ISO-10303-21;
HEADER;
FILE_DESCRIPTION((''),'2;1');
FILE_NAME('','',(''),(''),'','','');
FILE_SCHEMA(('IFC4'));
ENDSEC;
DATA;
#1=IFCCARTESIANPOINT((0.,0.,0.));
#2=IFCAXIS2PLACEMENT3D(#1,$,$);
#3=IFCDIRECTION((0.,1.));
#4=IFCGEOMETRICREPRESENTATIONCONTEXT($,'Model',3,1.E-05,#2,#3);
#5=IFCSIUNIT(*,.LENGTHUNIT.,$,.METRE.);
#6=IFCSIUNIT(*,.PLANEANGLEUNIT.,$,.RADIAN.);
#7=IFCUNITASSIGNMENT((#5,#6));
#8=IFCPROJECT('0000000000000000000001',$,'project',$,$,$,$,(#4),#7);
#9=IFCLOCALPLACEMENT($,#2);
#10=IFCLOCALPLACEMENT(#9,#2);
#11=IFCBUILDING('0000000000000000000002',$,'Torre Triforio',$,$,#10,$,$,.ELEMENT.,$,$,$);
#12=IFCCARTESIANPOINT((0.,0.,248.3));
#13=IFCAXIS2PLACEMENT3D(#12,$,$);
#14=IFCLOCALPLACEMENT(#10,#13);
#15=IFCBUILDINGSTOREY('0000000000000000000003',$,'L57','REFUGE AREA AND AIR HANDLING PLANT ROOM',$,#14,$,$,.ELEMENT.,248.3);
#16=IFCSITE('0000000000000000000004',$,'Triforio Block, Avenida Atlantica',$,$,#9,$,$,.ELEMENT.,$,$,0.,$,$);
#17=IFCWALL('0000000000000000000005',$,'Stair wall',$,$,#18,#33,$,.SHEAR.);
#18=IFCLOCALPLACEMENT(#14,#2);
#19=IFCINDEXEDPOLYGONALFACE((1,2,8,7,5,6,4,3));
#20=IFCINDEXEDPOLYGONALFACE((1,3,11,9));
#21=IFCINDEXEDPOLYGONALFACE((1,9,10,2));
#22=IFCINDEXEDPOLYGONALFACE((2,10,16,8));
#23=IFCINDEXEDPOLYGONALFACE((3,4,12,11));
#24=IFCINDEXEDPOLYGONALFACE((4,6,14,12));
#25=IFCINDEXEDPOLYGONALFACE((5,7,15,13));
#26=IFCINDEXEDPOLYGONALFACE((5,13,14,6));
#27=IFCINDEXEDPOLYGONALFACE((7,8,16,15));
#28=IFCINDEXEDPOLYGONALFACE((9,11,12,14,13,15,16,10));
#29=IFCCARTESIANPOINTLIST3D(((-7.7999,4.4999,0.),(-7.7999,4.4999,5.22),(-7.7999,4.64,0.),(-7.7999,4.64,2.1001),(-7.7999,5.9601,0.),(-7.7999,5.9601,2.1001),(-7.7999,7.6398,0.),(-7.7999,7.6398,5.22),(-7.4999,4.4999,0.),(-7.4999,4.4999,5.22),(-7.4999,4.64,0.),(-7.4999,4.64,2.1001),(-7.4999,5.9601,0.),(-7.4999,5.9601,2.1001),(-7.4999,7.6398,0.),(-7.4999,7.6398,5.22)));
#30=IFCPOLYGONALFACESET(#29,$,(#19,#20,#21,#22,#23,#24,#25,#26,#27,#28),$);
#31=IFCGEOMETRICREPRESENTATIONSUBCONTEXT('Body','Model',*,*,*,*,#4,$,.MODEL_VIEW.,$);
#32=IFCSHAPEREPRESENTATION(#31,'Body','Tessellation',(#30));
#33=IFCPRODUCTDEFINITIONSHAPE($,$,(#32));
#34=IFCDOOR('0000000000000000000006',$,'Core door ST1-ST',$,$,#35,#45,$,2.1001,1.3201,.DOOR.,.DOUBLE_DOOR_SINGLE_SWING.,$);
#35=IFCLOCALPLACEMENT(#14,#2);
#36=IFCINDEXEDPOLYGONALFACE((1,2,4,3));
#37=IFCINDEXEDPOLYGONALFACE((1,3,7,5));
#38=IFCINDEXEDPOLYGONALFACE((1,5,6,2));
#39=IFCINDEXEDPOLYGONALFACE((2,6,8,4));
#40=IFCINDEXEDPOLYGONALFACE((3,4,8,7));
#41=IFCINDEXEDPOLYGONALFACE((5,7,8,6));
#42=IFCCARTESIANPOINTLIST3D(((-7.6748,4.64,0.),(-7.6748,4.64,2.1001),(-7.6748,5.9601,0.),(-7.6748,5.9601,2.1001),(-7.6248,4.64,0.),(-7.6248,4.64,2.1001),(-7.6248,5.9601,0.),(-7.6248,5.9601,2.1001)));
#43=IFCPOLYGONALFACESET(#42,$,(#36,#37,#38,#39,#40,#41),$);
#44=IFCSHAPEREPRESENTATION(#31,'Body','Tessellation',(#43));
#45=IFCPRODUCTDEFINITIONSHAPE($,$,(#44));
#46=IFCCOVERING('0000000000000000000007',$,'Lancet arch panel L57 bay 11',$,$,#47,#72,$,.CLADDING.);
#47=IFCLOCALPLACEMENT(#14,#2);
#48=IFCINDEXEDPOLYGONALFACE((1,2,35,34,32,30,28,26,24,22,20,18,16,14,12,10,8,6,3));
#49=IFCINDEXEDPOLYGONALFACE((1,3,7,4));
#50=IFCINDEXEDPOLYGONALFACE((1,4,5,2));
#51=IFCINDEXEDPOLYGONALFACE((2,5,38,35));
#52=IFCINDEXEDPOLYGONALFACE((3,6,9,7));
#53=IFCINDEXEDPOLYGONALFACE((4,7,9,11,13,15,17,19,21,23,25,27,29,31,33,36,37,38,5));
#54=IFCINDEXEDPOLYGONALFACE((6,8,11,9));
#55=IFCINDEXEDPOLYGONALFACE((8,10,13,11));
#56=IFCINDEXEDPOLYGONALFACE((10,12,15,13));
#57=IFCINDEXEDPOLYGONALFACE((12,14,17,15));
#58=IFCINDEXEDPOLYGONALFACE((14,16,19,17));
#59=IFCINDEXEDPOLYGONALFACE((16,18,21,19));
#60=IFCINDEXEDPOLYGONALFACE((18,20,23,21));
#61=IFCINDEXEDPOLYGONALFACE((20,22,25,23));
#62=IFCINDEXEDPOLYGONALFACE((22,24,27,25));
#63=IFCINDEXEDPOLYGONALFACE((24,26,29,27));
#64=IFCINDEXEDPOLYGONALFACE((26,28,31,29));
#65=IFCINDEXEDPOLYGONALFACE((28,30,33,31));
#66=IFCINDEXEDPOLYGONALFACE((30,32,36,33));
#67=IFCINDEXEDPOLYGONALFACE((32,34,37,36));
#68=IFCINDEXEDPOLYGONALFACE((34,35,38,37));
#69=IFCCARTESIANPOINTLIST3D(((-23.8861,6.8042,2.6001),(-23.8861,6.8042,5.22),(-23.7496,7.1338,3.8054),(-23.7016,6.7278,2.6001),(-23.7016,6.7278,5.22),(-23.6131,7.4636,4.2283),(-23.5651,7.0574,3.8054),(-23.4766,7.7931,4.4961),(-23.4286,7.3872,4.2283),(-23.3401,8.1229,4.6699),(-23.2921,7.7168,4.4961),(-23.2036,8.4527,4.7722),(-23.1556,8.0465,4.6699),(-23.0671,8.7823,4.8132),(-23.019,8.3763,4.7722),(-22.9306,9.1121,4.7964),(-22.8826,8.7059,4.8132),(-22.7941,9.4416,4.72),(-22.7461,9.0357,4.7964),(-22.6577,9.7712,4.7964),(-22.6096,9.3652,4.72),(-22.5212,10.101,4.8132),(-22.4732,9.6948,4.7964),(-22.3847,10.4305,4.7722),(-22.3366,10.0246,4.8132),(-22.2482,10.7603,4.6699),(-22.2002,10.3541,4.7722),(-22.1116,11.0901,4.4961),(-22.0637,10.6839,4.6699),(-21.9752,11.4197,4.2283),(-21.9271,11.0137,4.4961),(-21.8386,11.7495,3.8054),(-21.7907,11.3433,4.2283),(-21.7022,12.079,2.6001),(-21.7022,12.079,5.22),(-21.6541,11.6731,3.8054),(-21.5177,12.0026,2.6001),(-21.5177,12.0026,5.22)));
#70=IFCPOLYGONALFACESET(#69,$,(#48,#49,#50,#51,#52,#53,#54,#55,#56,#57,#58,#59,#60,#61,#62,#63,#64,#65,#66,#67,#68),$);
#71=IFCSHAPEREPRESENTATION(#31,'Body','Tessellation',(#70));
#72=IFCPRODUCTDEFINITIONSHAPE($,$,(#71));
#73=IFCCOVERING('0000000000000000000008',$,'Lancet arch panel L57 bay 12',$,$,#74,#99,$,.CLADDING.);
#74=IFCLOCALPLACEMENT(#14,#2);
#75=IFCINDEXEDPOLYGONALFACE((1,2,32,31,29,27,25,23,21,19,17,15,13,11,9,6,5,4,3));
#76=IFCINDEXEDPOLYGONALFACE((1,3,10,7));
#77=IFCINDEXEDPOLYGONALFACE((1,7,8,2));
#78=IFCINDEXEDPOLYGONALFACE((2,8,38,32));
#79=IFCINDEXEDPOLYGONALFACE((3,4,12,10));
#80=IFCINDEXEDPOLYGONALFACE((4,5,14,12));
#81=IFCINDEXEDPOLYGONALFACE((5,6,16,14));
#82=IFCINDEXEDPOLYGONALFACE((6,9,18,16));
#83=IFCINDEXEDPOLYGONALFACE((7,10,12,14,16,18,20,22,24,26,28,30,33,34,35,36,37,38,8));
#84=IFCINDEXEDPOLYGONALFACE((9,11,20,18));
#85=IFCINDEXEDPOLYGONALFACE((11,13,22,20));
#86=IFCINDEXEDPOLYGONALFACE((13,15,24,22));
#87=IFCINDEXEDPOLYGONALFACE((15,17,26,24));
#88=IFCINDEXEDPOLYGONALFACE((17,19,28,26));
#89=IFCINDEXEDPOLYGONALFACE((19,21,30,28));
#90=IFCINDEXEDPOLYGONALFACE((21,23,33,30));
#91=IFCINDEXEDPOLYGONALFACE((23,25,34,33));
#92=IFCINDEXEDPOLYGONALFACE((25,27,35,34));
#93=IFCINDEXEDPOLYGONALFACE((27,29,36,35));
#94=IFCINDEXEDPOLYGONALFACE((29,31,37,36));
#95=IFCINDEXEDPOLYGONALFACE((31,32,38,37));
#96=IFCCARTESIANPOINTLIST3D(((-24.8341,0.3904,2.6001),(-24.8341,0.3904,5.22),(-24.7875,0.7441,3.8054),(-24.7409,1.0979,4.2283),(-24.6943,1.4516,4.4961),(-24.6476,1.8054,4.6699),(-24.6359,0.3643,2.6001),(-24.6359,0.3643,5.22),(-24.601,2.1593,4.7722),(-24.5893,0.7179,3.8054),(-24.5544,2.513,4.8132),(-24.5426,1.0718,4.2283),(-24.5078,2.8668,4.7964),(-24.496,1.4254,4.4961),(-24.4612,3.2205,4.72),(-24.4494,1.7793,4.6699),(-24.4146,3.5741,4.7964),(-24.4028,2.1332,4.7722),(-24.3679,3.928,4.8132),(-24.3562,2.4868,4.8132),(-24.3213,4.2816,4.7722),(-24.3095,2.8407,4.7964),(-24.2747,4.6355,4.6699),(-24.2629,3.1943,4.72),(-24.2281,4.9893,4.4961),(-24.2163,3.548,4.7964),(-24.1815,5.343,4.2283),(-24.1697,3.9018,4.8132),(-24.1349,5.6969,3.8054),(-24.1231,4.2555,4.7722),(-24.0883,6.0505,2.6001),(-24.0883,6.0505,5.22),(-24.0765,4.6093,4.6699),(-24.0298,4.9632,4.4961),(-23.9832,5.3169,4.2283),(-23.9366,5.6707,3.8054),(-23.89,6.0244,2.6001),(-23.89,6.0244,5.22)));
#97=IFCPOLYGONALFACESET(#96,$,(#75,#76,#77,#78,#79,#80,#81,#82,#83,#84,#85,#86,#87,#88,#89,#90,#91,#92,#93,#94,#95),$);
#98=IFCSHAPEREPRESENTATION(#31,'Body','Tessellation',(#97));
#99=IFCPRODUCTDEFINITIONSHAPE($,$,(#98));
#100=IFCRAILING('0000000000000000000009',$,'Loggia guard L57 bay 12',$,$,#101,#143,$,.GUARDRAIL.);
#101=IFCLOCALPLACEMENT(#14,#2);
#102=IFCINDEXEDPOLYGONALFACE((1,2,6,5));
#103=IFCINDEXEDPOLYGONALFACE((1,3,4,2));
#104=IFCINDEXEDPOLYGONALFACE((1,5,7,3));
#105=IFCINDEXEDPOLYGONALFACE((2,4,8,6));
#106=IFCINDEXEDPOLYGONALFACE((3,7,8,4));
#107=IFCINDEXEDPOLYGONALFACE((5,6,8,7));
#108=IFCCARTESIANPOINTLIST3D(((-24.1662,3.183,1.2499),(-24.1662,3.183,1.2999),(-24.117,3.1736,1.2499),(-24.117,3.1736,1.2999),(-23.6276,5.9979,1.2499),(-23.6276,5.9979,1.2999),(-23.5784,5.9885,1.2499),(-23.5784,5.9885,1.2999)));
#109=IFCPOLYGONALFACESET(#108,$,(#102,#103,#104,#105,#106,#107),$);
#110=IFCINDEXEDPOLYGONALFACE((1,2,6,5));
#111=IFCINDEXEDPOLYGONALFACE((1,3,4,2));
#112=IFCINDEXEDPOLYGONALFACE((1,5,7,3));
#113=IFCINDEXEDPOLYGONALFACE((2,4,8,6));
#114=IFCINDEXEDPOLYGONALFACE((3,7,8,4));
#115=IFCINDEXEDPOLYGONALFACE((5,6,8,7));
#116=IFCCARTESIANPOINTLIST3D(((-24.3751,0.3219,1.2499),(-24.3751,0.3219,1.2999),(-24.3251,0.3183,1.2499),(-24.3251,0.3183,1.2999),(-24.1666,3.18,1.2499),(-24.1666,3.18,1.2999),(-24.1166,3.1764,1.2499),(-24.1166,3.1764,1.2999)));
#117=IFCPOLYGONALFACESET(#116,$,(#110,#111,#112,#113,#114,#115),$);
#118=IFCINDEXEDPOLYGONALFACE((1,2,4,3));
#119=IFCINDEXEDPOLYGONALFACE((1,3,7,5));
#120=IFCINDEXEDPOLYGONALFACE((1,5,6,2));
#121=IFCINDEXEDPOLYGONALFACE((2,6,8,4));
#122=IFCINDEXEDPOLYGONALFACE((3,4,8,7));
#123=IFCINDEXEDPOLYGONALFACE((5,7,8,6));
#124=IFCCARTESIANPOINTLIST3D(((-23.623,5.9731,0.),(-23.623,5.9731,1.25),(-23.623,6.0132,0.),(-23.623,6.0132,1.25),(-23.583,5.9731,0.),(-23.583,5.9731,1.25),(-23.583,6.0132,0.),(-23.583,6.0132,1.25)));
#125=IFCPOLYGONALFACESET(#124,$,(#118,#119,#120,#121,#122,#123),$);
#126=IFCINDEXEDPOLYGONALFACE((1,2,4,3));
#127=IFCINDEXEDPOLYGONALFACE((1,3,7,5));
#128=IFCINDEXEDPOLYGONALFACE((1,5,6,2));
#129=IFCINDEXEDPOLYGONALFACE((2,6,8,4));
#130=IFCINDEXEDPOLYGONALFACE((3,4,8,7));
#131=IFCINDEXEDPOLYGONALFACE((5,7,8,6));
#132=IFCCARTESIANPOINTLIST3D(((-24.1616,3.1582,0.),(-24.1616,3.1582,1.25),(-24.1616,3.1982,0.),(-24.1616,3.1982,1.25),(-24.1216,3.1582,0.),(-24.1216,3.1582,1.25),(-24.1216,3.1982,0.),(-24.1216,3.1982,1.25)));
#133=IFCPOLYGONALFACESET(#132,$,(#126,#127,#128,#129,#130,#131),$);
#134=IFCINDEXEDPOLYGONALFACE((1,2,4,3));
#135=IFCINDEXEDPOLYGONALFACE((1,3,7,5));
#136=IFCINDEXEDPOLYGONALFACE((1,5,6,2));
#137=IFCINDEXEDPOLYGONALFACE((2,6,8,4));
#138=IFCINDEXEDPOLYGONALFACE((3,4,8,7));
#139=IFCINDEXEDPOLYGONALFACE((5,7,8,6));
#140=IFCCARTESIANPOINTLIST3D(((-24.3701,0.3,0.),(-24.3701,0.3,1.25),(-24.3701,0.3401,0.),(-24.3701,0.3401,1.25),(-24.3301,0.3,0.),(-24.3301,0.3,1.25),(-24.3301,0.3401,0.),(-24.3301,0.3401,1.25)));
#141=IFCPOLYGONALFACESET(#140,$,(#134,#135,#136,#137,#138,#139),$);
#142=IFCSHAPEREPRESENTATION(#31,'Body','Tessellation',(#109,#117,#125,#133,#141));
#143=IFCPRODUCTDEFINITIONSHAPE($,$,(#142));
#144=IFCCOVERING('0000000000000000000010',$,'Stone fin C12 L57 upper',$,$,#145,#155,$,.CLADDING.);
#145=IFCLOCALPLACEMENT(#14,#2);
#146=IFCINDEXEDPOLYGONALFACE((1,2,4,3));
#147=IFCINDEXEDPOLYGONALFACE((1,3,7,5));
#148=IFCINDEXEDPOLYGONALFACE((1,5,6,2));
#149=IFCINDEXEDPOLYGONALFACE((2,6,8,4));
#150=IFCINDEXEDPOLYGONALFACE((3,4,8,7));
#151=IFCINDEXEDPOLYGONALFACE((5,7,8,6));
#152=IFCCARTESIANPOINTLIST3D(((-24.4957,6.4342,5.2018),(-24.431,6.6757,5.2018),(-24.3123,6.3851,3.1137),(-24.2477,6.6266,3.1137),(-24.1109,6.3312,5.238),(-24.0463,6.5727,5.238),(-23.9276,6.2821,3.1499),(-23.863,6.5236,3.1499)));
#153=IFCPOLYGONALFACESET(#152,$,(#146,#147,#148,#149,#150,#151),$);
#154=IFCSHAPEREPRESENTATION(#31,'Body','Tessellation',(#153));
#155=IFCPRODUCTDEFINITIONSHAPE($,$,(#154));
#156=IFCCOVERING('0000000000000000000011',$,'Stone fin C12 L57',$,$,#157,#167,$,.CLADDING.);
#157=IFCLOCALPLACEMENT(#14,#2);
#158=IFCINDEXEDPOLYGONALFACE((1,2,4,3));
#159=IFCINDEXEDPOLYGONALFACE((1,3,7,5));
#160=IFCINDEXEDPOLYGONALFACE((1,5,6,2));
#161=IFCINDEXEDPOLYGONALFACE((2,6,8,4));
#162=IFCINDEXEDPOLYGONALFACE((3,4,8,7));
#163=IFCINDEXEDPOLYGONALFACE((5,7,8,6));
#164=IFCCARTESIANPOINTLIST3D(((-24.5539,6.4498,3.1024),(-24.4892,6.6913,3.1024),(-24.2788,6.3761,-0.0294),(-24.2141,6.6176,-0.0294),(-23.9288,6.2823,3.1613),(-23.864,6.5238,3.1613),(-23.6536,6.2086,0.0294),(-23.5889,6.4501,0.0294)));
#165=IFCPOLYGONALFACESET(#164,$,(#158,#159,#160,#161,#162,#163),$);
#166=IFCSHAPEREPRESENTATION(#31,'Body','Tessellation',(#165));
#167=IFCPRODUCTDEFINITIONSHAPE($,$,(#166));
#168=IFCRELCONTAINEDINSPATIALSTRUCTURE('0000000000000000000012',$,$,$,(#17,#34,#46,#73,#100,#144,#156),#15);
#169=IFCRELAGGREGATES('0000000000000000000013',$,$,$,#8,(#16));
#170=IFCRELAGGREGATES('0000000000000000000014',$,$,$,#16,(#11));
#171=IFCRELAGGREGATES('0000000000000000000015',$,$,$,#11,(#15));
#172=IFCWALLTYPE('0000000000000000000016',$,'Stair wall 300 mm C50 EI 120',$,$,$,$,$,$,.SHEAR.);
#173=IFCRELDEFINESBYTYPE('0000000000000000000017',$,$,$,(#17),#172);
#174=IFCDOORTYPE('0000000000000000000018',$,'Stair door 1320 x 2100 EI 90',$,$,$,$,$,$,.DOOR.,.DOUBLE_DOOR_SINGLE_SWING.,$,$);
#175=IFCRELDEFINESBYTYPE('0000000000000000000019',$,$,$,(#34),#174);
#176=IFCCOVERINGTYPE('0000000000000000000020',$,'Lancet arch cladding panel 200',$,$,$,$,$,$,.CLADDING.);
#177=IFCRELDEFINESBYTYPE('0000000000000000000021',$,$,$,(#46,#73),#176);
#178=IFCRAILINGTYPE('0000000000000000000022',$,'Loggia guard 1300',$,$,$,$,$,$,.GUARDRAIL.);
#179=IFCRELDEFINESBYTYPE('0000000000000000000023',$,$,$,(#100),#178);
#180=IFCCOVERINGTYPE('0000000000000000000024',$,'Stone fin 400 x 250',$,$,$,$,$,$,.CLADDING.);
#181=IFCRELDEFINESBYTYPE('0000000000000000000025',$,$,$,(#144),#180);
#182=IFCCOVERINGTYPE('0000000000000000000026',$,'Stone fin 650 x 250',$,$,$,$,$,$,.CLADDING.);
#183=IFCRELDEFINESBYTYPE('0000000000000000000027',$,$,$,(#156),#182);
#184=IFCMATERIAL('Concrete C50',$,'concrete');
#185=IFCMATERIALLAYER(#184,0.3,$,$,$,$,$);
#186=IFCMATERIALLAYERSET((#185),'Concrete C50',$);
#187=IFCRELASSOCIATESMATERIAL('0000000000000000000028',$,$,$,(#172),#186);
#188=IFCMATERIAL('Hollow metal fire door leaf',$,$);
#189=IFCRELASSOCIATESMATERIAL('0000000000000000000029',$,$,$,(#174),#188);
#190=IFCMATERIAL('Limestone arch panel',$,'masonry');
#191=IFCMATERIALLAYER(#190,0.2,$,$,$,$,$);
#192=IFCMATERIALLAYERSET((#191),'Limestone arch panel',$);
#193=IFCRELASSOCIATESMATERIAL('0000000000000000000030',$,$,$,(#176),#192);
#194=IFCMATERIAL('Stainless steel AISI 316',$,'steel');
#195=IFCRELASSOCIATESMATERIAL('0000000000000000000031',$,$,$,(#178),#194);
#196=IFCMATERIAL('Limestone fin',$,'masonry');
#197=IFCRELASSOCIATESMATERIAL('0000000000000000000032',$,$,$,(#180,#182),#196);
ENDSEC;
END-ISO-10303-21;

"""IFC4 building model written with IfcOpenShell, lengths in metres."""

from ifc_helpers import new_model, si_unit, direction, frame, frame_2d, origin, origin_2d, place, context, subcontext, project, spatial, polyline, rectangle, outline, extrude, material, layer, layer_set, material_profile, profile_set, type_object, element, fill, save


model = new_model("IFC4")

# Units and contexts
model_context = context("Model", 3, precision=1e-05, world=origin(), true_north=direction((0.0, 1.0)))
body_context = subcontext(model_context, "Body", "Model", "MODEL_VIEW")
ifc_project = project(units=[si_unit("LENGTHUNIT", "METRE"), si_unit("PLANEANGLEUNIT", "RADIAN")], contexts=[model_context])

# Site, building, storey
site_placement = place(None, origin())
site = spatial("IfcSite", under=ifc_project, at=site_placement, Name="Triforio Block, Avenida Atlantica", CompositionType="ELEMENT", RefElevation=0.0)
building_placement = place(site_placement, origin())
building = spatial("IfcBuilding", under=site, at=building_placement, Name="Torre Triforio", CompositionType="ELEMENT")
storey_placement = place(building_placement, frame((0.0, 0.0, 248.3)))
storey = spatial("IfcBuildingStorey", under=building, at=storey_placement, Name="L57", Description="REFUGE AREA AND AIR HANDLING PLANT ROOM", CompositionType="ELEMENT", Elevation=248.3)

# Shared definitions
ifc_material_1 = material(Name="Concrete C50", Category="concrete")

# Shared definitions
ifc_material_2 = material(Name="Hollow metal fire door leaf")

# Wall, opening, door
ifc_layer_1 = layer(ifc_material_1, 0.3)
ifc_layer_set_1 = layer_set([ifc_layer_1], Name="Concrete C50")
wall_type_1 = type_object("IfcWallType", Name="Stair wall 300 mm C50 EI 120", PredefinedType="SHEAR", material=ifc_layer_set_1)
wall_1_placement = place(storey_placement, frame((-7.6499, 4.5, 0.0), z_axis=(0.0, 0.0, 1.0), x_axis=(0.0, 1.0, 0.0)))
wall_1 = element("IfcWall", 1, at=wall_1_placement, inside=storey, type_object=wall_type_1, Name="Stair wall", PredefinedType="SHEAR", context=body_context, shape_type="SweptSolid", body=[
    extrude(rectangle(XDim=3.1399, YDim=0.3, at=frame_2d((1.5698, 0.0))), origin(), (0.0, 0.0, 1.0), 5.22),
])
opening_1_placement = place(wall_1_placement, frame((0.1399, 0.0, 0.0)))
opening_1 = element("IfcOpeningElement", 2, at=opening_1_placement, cuts=wall_1, PredefinedType="OPENING", context=body_context, shape_type="SweptSolid", body=[
    extrude(rectangle(XDim=1.3201, YDim=2.1001, at=frame_2d((0.6602, 1.05))), frame((0.0, 0.1599, 0.0), z_axis=(0.0, -1.0, 0.0), x_axis=(1.0, 0.0, 0.0)), (0.0, 0.0, 1.0), 0.3201),
])
door_type_1 = type_object("IfcDoorType", Name="Stair door 1320 x 2100 EI 90", OperationType="DOUBLE_DOOR_SINGLE_SWING", PredefinedType="DOOR", material=ifc_material_2)
door_1_placement = place(opening_1_placement, origin())
door_1 = element("IfcDoor", 3, at=door_1_placement, inside=storey, type_object=door_type_1, Name="Core door ST1-ST", OperationType="DOUBLE_DOOR_SINGLE_SWING", OverallHeight=2.1001, OverallWidth=1.3201, PredefinedType="DOOR", context=body_context, shape_type="SweptSolid", body=[
    extrude(rectangle(XDim=1.3201, YDim=2.1001, at=frame_2d((0.6602, 1.05))), frame((0.0, 0.0249, 0.0), z_axis=(0.0, -1.0, 0.0), x_axis=(1.0, 0.0, 0.0)), (0.0, 0.0, 1.0), 0.05),
])
fill(opening_1, door_1)

# Coverings
ifc_material_3 = material(Name="Limestone arch panel", Category="masonry")
ifc_layer_2 = layer(ifc_material_3, 0.2)
ifc_layer_set_2 = layer_set([ifc_layer_2], Name="Limestone arch panel")
covering_type_1 = type_object("IfcCoveringType", Name="Lancet arch cladding panel 200", PredefinedType="CLADDING", material=ifc_layer_set_2)
covering_1_placement = place(storey_placement, frame((-22.6096, 9.3652, 0.0), z_axis=(-0.923942, 0.382532, 0.0), x_axis=(-0.382532, -0.923942, 0.0)))
element("IfcCovering", 4, at=covering_1_placement, inside=storey, type_object=covering_type_1, Name="Lancet arch panel L57 bay 11", PredefinedType="CLADDING", context=body_context, shape_type="SweptSolid", body=[
    extrude(outline(polyline([(-2.8545, 5.22), (-2.8545, 2.6001), (-2.4978, 3.8054), (-2.1409, 4.2283), (-1.7842, 4.4961), (-1.4272, 4.6699), (-1.0703, 4.7722), (-0.7136, 4.8132), (-0.3567, 4.7964), (0.0, 4.72), (0.3567, 4.7964), (0.7136, 4.8132), (1.0703, 4.7722), (1.4272, 4.6699), (1.7842, 4.4961), (2.1409, 4.2283), (2.4978, 3.8054), (2.8545, 2.6001), (2.8545, 5.22), (-2.8545, 5.22)])), origin(), (0.0, 0.0, 1.0), 0.1997),
])
covering_2_placement = place(storey_placement, frame((-24.2629, 3.1943, 0.0), z_axis=(-0.991429, 0.130644, 0.0), x_axis=(-0.130644, -0.991429, 0.0)))
element("IfcCovering", 5, at=covering_2_placement, inside=storey, type_object=covering_type_1, Name="Lancet arch panel L57 bay 12", PredefinedType="CLADDING", context=body_context, shape_type="SweptSolid", body=[
    extrude(outline(polyline([(-2.8545, 5.22), (-2.8545, 2.6001), (-2.4978, 3.8054), (-2.1409, 4.2283), (-1.7842, 4.4961), (-1.4272, 4.6699), (-1.0703, 4.7722), (-0.7136, 4.8132), (-0.3567, 4.7964), (0.0, 4.72), (0.3567, 4.7964), (0.7136, 4.8132), (1.0703, 4.7722), (1.4272, 4.6699), (1.7842, 4.4961), (2.1409, 4.2283), (2.4978, 3.8054), (2.8545, 2.6001), (2.8545, 5.22), (-2.8545, 5.22)])), origin(), (0.0, 0.0, 1.0), 0.2),
])

# Railing
ifc_material_4 = material(Name="Stainless steel AISI 316", Category="steel")
railing_type = type_object("IfcRailingType", Name="Loggia guard 1300", PredefinedType="GUARDRAIL", material=ifc_material_4)
railing_placement = place(storey_placement, frame((-23.603, 5.9932, 0.0)))
element("IfcRailing", 6, at=railing_placement, inside=storey, type_object=railing_type, Name="Loggia guard L57 bay 12", PredefinedType="GUARDRAIL", context=body_context, shape_type="SweptSolid", body=[
    extrude(rectangle(XDim=0.05, YDim=0.05, at=origin_2d()), frame((0.0, 0.0, 1.2749), z_axis=(-0.187918, -0.982185, 0.0), x_axis=(0.982185, -0.187918, 0.0)), (0.0, 0.0, 1.0), 2.866),
    extrude(rectangle(XDim=0.05, YDim=0.05, at=origin_2d()), frame((-0.5386, -2.8149, 1.2749), z_axis=(-0.072754, -0.99735, 0.0), x_axis=(0.99735, -0.072754, 0.0)), (0.0, 0.0, 1.0), 2.8657),
    extrude(rectangle(XDim=0.04, YDim=0.04, at=origin_2d()), origin(), (0.0, 0.0, 1.0), 1.25),
    extrude(rectangle(XDim=0.04, YDim=0.04, at=origin_2d()), frame((-0.5386, -2.8149, 0.0)), (0.0, 0.0, 1.0), 1.25),
    extrude(rectangle(XDim=0.04, YDim=0.04, at=origin_2d()), frame((-0.7471, -5.6731, 0.0)), (0.0, 0.0, 1.0), 1.25),
])

# Coverings
ifc_material_5 = material(Name="Limestone fin", Category="masonry")
ifc_material_profile_1 = material_profile(ifc_material_5, rectangle(XDim=0.3999, YDim=0.25, at=origin_2d()), Name="FIN 400x250")
ifc_profile_set_1 = profile_set([ifc_material_profile_1], Name="Limestone fin")
covering_type_2 = type_object("IfcCoveringType", Name="Stone fin 400 x 250", PredefinedType="CLADDING", material=ifc_profile_set_1)
covering_3_placement = place(storey_placement, frame((-24.0876, 6.4543, 3.1318), z_axis=(-0.087445, 0.023404, 0.995894), x_axis=(0.962034, -0.257482, 0.090523)))
element("IfcCovering", 7, at=covering_3_placement, inside=storey, type_object=covering_type_2, Name="Stone fin C12 L57 upper", PredefinedType="CLADDING", context=body_context, shape_type="SweptSolid", body=[
    extrude(rectangle(XDim=0.3999, YDim=0.25, at=origin_2d()), origin(), (0.0, 0.0, 1.0), 2.0967),
])
ifc_material_profile_2 = material_profile(ifc_material_5, rectangle(XDim=0.6499, YDim=0.25, at=origin_2d()), Name="FIN 650x250")
ifc_profile_set_2 = profile_set([ifc_material_profile_2], Name="Limestone fin")
covering_type_3 = type_object("IfcCoveringType", Name="Stone fin 650 x 250", PredefinedType="CLADDING", material=ifc_profile_set_2)
covering_4_placement = place(storey_placement, frame((-23.9338, 6.4131, 0.0), z_axis=(-0.087494, 0.023445, 0.995889), x_axis=(0.961951, -0.257772, 0.09058)))
element("IfcCovering", 8, at=covering_4_placement, inside=storey, type_object=covering_type_3, Name="Stone fin C12 L57", PredefinedType="CLADDING", context=body_context, shape_type="SweptSolid", body=[
    extrude(rectangle(XDim=0.6499, YDim=0.25, at=origin_2d()), origin(), (0.0, 0.0, 1.0), 3.1448),
])

save(model, "model.ifc")
